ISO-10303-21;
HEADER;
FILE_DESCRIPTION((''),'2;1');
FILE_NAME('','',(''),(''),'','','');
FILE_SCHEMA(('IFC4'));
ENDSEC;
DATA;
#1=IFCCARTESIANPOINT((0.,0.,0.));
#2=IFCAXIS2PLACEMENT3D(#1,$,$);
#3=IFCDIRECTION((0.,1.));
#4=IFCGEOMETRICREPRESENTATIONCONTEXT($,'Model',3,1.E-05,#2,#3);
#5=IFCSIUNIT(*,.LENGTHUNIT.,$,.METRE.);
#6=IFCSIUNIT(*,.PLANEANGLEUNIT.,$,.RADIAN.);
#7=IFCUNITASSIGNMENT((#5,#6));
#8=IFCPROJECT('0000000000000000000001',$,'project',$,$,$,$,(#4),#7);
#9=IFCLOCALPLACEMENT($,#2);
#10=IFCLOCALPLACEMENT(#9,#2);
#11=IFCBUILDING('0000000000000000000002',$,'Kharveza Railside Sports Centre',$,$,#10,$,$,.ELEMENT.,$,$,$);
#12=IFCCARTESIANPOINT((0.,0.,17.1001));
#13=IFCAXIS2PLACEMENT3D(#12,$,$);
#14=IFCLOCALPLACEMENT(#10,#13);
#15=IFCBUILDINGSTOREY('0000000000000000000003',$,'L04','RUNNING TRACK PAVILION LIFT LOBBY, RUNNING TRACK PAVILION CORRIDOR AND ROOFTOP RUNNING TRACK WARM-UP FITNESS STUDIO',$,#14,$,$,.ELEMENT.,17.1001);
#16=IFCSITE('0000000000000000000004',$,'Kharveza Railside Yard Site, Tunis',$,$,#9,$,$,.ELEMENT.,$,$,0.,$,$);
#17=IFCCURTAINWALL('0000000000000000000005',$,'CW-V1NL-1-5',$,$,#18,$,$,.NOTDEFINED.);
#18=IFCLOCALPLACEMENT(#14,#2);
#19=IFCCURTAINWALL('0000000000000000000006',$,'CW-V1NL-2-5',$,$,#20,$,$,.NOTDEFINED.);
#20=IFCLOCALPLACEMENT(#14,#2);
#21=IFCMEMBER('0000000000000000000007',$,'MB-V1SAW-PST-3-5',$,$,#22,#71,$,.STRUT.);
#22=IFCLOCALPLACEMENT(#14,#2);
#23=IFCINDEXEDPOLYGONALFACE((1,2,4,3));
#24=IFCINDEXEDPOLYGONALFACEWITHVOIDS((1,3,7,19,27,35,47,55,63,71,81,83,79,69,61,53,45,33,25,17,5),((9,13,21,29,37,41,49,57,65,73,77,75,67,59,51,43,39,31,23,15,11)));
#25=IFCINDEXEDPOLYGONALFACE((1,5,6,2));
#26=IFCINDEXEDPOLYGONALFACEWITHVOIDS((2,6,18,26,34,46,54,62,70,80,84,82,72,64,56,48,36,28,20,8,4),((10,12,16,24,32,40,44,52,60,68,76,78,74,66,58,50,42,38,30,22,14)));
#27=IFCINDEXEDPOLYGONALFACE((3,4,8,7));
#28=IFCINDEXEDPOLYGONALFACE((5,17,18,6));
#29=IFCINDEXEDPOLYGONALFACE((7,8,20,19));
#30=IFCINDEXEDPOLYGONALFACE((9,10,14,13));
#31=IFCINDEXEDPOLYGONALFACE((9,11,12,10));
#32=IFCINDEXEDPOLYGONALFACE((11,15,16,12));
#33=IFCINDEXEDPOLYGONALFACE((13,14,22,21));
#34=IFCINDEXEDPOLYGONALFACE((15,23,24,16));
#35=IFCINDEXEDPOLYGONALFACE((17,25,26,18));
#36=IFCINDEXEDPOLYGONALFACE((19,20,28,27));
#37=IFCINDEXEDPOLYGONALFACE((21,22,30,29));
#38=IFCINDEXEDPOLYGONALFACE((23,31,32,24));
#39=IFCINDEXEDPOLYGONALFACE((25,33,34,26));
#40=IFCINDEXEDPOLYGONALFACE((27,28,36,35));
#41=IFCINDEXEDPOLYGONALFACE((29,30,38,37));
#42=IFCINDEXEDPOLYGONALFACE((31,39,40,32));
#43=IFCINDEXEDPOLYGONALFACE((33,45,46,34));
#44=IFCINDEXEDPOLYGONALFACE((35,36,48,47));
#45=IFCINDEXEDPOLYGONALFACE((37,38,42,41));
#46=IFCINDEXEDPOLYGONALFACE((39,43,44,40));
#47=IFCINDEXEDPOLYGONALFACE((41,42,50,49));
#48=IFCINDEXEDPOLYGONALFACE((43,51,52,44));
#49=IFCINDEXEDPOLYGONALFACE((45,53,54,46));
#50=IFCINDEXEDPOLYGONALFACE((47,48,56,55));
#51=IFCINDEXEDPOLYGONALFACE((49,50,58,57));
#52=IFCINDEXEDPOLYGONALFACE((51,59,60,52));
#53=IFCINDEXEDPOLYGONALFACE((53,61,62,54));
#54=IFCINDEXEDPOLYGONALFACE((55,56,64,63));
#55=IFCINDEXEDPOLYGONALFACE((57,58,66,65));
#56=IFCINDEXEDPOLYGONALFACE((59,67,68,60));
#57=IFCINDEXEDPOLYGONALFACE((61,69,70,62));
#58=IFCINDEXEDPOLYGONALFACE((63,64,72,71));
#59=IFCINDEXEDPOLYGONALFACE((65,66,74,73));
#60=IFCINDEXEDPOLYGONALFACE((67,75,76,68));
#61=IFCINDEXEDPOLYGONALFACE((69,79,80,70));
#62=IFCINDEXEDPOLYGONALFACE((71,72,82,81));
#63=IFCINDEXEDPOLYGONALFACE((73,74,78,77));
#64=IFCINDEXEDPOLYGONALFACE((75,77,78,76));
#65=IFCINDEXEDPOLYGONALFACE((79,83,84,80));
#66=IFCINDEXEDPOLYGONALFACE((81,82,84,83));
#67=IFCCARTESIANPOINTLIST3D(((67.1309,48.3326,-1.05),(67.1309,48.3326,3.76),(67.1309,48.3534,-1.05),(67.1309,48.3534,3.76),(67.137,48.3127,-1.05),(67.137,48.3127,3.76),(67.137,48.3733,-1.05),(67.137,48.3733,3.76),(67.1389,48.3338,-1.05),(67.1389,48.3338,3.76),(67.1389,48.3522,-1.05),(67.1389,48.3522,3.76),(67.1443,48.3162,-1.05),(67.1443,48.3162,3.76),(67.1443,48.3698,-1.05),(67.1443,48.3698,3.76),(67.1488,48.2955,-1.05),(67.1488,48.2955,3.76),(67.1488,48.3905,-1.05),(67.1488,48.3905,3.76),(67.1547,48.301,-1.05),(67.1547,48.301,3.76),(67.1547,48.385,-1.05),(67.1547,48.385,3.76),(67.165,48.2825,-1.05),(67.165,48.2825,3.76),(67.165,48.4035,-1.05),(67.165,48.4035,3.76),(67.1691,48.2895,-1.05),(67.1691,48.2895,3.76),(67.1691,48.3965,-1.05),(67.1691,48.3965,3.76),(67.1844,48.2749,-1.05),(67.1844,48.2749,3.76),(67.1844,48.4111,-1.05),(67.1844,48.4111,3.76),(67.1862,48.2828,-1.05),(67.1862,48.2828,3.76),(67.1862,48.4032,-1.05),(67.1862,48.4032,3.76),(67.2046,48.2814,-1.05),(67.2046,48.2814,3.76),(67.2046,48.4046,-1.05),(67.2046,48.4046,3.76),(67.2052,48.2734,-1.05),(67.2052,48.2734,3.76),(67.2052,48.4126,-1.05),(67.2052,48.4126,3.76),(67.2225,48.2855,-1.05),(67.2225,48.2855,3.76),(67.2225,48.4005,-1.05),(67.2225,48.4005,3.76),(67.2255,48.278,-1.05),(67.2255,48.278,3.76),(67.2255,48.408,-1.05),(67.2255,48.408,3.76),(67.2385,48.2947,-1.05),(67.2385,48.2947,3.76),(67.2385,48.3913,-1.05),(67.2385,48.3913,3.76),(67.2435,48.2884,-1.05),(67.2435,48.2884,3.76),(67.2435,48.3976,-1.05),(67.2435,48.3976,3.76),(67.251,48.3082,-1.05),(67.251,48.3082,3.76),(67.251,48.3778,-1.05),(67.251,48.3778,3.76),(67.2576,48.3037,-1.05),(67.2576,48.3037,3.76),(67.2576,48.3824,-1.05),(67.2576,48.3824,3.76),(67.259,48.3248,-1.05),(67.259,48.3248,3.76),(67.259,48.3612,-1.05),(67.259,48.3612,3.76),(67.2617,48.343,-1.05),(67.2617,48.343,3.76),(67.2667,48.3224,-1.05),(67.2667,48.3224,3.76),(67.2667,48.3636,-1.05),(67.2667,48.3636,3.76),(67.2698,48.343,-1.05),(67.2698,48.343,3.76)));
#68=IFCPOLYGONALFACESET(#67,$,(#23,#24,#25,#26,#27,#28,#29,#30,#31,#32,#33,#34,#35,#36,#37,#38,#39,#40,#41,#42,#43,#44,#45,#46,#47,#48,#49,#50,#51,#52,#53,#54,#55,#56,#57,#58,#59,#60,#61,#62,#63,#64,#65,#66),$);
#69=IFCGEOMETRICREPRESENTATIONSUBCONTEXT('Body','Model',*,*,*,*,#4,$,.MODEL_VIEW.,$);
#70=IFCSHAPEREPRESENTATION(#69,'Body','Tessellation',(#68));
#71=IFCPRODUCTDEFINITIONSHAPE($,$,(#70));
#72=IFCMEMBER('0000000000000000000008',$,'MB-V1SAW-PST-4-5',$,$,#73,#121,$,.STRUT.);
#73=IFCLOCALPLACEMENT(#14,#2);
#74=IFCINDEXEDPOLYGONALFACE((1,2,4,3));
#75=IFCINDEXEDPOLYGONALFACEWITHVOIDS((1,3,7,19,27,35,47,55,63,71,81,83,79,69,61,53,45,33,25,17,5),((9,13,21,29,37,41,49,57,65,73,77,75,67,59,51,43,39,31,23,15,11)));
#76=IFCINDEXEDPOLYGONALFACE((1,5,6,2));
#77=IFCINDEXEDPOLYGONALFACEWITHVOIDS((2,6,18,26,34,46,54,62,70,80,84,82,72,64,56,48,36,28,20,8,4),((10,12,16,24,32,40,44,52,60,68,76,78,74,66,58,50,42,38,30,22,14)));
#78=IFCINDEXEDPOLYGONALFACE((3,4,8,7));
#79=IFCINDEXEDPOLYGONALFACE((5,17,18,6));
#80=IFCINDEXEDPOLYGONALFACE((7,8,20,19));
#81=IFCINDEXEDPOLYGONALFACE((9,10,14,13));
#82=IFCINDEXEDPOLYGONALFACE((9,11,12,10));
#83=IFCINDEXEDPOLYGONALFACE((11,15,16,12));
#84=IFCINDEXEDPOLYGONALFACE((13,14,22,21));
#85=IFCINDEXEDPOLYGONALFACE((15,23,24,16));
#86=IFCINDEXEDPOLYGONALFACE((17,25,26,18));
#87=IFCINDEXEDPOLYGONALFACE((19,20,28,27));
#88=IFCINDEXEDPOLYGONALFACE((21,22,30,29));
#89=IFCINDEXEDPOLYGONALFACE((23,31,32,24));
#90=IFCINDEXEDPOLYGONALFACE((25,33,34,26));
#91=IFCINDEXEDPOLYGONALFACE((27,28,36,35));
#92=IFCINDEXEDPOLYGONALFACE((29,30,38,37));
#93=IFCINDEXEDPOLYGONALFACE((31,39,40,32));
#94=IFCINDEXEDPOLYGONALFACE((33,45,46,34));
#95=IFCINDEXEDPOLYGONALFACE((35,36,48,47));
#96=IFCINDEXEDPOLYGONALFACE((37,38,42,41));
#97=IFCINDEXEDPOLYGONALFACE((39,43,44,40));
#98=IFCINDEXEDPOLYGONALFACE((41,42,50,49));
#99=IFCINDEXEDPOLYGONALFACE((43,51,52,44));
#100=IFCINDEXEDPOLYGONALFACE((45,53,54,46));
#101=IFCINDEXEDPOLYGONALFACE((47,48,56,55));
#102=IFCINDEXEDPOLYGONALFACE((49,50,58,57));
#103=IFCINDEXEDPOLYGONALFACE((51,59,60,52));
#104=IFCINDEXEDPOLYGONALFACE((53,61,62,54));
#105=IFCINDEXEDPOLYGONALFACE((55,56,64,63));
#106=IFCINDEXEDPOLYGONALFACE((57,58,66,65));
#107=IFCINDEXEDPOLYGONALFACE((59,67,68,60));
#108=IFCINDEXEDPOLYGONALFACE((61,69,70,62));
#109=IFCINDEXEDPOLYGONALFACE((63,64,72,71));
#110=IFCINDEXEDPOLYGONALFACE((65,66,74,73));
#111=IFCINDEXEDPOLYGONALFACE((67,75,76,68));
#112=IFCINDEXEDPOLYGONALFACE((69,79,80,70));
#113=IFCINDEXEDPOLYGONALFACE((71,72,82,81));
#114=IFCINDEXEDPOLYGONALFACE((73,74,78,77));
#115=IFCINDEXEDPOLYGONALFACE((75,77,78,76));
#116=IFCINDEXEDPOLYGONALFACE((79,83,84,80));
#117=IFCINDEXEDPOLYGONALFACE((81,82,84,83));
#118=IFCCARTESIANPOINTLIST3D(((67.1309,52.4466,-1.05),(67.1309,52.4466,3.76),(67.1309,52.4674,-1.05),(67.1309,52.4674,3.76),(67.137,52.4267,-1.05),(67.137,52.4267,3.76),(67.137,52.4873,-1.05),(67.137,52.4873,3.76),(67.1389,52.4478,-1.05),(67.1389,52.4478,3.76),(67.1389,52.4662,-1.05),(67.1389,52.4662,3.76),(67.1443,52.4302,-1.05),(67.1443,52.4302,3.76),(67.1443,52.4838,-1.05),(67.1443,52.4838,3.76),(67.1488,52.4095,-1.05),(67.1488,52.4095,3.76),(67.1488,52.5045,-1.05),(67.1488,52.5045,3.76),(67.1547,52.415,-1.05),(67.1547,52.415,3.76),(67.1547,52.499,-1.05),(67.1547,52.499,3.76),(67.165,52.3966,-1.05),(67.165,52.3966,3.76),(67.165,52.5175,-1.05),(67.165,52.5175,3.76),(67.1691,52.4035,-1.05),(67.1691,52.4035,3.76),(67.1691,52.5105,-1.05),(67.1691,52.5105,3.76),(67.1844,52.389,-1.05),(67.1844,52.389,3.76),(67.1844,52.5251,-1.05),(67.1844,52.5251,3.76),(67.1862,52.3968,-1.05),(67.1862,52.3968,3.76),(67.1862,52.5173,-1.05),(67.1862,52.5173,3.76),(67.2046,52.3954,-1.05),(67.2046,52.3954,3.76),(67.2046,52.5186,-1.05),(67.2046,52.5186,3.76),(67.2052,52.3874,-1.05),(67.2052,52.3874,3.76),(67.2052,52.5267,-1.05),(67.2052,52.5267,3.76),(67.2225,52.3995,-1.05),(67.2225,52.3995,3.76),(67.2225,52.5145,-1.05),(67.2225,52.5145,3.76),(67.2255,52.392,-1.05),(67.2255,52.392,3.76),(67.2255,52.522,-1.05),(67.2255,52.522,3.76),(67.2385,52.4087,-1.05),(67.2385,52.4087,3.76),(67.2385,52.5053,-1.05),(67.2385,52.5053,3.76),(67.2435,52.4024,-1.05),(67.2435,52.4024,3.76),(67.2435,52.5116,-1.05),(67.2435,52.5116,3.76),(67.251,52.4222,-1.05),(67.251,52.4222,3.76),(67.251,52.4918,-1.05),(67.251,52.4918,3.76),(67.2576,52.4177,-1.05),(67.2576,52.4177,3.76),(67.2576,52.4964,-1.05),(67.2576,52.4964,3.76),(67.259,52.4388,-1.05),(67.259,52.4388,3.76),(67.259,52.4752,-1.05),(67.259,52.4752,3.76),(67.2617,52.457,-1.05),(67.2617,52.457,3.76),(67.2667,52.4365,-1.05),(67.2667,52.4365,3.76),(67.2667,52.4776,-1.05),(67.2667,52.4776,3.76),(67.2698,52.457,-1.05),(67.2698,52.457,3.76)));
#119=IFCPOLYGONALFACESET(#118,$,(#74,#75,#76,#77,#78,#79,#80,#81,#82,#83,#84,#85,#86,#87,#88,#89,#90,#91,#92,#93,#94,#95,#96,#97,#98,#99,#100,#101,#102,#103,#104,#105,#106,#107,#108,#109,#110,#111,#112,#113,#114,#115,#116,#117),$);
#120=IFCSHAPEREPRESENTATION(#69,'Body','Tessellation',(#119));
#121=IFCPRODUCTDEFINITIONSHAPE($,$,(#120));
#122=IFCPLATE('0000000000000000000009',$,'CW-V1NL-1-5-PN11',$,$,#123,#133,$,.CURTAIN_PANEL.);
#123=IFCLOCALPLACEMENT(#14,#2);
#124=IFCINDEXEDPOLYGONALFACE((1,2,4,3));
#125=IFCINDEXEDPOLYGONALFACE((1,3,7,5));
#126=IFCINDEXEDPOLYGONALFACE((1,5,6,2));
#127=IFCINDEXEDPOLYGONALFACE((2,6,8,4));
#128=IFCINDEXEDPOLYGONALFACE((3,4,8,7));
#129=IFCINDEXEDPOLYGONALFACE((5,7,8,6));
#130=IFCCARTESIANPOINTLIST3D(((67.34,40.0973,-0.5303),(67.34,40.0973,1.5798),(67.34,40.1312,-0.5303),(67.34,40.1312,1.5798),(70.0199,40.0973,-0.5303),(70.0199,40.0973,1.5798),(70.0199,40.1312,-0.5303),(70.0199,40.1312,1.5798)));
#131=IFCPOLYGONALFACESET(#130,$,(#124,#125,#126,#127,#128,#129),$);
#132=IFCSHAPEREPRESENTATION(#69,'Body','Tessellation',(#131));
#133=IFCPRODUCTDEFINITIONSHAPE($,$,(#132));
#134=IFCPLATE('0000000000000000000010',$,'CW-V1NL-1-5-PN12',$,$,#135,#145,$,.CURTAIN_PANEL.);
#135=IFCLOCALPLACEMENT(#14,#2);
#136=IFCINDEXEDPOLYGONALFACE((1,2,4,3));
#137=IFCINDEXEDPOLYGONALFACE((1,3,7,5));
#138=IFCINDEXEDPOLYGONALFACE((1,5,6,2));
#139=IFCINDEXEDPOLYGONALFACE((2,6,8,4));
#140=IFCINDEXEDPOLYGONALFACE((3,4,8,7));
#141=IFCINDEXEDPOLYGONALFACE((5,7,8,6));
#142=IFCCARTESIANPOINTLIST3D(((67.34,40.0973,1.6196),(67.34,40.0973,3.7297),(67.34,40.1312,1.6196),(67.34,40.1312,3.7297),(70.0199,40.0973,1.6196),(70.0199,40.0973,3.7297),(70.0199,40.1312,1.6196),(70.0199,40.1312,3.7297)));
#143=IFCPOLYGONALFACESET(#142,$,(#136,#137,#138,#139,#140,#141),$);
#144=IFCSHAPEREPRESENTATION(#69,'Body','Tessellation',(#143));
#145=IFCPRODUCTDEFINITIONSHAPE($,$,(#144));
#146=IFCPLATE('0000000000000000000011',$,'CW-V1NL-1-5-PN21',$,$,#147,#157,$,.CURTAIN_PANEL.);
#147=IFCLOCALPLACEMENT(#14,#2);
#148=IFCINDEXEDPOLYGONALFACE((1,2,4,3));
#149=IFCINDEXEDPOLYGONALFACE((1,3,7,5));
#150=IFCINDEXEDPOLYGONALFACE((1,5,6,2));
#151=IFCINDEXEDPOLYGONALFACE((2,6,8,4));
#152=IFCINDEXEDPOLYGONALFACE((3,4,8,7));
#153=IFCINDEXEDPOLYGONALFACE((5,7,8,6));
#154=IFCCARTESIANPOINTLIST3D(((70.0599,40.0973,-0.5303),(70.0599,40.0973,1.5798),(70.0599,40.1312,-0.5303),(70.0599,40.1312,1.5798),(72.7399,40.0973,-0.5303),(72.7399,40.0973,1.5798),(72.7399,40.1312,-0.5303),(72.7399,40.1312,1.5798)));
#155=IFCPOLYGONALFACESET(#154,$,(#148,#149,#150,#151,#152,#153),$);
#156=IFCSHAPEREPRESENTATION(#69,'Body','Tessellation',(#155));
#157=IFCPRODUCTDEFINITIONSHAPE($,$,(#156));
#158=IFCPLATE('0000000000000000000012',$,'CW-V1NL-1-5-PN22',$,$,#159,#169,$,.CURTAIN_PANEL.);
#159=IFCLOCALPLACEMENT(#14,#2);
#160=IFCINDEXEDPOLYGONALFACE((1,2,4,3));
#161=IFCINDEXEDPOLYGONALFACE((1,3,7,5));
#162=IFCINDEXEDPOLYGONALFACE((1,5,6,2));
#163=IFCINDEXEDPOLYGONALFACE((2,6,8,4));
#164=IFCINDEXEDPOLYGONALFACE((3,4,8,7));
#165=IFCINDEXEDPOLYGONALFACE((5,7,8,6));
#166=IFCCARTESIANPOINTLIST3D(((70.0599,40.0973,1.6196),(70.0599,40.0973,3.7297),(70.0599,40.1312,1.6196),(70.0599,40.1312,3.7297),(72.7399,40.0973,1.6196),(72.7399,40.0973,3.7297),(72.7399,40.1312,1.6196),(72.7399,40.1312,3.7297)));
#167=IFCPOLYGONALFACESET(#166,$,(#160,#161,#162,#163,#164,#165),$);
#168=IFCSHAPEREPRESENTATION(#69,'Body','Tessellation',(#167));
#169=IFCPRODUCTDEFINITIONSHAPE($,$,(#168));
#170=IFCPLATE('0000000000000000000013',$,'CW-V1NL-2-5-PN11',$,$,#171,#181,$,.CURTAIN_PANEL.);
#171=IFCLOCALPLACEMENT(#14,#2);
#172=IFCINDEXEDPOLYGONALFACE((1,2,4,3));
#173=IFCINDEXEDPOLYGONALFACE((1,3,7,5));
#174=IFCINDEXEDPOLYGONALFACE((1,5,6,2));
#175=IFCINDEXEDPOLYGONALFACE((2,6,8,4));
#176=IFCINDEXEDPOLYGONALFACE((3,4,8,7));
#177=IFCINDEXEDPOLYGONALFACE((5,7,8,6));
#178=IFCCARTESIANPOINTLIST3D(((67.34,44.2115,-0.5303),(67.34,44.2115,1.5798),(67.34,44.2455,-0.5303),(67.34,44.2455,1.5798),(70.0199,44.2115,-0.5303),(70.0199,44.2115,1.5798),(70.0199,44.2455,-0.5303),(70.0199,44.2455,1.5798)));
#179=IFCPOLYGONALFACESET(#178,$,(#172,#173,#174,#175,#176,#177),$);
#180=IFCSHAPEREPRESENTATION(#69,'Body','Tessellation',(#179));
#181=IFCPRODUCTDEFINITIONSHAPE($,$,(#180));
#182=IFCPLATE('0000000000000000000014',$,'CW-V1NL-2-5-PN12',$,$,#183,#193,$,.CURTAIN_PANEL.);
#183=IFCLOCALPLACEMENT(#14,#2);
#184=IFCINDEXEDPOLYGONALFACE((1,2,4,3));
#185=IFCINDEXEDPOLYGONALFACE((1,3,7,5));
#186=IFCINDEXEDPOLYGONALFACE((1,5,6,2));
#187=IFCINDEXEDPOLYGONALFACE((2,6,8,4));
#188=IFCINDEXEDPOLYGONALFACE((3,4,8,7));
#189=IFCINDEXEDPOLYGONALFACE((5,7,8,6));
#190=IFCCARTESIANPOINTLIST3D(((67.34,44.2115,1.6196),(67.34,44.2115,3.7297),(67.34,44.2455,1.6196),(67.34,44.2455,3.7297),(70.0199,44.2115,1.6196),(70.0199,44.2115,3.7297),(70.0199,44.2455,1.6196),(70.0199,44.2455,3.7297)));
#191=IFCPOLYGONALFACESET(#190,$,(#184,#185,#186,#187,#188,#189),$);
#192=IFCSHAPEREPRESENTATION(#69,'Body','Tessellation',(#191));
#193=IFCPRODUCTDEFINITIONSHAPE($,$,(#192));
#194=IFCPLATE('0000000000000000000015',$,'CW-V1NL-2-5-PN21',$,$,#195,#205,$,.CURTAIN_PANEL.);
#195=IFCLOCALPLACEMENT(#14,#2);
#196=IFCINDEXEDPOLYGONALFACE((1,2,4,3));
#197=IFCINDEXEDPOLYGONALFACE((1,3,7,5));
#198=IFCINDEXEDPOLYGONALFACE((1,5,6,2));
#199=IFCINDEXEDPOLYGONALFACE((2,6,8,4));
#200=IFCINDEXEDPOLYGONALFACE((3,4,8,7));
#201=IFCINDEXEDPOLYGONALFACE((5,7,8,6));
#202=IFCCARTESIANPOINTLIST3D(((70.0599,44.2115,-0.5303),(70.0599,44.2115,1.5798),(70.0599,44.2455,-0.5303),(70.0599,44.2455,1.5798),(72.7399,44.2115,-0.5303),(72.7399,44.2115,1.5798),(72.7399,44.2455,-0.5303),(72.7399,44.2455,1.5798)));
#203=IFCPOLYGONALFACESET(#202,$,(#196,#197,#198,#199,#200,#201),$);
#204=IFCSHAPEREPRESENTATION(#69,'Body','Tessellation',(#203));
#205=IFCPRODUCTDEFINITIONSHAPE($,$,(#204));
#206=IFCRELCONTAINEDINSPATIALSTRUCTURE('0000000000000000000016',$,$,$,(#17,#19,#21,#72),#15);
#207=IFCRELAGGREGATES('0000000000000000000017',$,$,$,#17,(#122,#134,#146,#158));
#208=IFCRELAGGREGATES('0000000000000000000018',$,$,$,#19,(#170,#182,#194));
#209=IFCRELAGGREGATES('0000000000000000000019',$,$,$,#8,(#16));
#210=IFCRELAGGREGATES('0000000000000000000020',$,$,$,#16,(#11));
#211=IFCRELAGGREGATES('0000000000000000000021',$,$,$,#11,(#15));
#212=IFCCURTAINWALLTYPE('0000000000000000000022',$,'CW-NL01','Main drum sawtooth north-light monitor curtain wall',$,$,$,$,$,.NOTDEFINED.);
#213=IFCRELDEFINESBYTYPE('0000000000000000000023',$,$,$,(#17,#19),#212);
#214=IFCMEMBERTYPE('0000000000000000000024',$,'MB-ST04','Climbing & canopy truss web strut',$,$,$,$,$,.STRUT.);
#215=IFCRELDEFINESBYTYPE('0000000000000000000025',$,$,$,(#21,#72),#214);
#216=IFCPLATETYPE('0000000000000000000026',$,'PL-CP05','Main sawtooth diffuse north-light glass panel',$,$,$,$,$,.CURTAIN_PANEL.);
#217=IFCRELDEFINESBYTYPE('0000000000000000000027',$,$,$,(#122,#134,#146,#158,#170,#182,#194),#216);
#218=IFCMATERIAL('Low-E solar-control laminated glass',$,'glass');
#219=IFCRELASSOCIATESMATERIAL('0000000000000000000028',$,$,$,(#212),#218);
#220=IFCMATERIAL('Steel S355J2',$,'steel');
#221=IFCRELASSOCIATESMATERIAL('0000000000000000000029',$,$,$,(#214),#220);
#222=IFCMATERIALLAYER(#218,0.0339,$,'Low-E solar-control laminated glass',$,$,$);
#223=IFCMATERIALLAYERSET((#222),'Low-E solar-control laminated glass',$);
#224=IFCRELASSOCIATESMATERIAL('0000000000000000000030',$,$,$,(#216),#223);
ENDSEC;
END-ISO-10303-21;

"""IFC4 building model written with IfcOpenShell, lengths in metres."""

from ifc_helpers import new_model, si_unit, direction, frame, origin, origin_2d, place, context, subcontext, project, spatial, rectangle, hollow_circle, extrude, material, layer, layer_set, material_profile, profile_set, type_object, element, aggregate, save


model = new_model("IFC4")

# Units and contexts
model_context = context("Model", 3, precision=1e-05, world=origin(), true_north=direction((0.0, 1.0)))
body_context = subcontext(model_context, "Body", "Model", "MODEL_VIEW")
ifc_project = project(units=[si_unit("LENGTHUNIT", "METRE"), si_unit("PLANEANGLEUNIT", "RADIAN")], contexts=[model_context])

# Site, building, storey
site_placement = place(None, origin())
site = spatial("IfcSite", under=ifc_project, at=site_placement, Name="Kharveza Railside Yard Site, Tunis", CompositionType="ELEMENT", RefElevation=0.0)
building_placement = place(site_placement, origin())
building = spatial("IfcBuilding", under=site, at=building_placement, Name="Kharveza Railside Sports Centre", CompositionType="ELEMENT")
storey_placement = place(building_placement, frame((0.0, 0.0, 17.1001)))
storey = spatial("IfcBuildingStorey", under=building, at=storey_placement, Name="L04", Description="RUNNING TRACK PAVILION LIFT LOBBY, RUNNING TRACK PAVILION CORRIDOR AND ROOFTOP RUNNING TRACK WARM-UP FITNESS STUDIO", CompositionType="ELEMENT", Elevation=17.1001)

# Curtain walls
ifc_material_1 = material(Name="Low-E solar-control laminated glass", Category="glass")
curtain_wall_type = type_object("IfcCurtainWallType", Name="CW-NL01", Description="Main drum sawtooth north-light monitor curtain wall", PredefinedType="NOTDEFINED", material=ifc_material_1)
curtain_wall_1_placement = place(storey_placement, origin())
curtain_wall_1 = element("IfcCurtainWall", 1, at=curtain_wall_1_placement, inside=storey, type_object=curtain_wall_type, Name="CW-V1NL-1-5", PredefinedType="NOTDEFINED")
curtain_wall_2_placement = place(storey_placement, origin())
curtain_wall_2 = element("IfcCurtainWall", 2, at=curtain_wall_2_placement, inside=storey, type_object=curtain_wall_type, Name="CW-V1NL-2-5", PredefinedType="NOTDEFINED")

# Members
ifc_material_2 = material(Name="Steel S355J2", Category="steel")
ifc_material_profile_1 = material_profile(ifc_material_2, hollow_circle(Radius=0.0698, WallThickness=0.0081, at=origin_2d()), Name="CHS 139.7x8.0")
ifc_profile_set_1 = profile_set([ifc_material_profile_1], Name="Steel S355J2")
member_type_1 = type_object("IfcMemberType", Name="MB-ST04", Description="Climbing & canopy truss web strut", PredefinedType="STRUT", material=ifc_profile_set_1)
for number, where, z_axis, x_axis, name in (
    (3, (67.2, 48.343, -1.05), (0.0, 0.0, 1.0), (1.0, 0.0, 0.0), "MB-V1SAW-PST-3-5"),
    (4, (67.2, 52.457, -1.05), (0.0, 0.0, 1.0), (1.0, 0.0, 0.0), "MB-V1SAW-PST-4-5"),
):
    element("IfcMember", number, at=place(storey_placement, frame(where, z_axis=z_axis, x_axis=x_axis)), inside=storey, type_object=member_type_1, Name=name, PredefinedType="STRUT", context=body_context, shape_type="SweptSolid", body=[
        extrude(hollow_circle(Radius=0.0698, WallThickness=0.0081, at=origin_2d()), origin(), (0.0, 0.0, 1.0), 4.8101),
    ])

# Plates
ifc_layer_1 = layer(ifc_material_1, 0.0339, Name="Low-E solar-control laminated glass")
ifc_layer_set_1 = layer_set([ifc_layer_1], Name="Low-E solar-control laminated glass")
plate_type_1 = type_object("IfcPlateType", Name="PL-CP05", Description="Main sawtooth diffuse north-light glass panel", PredefinedType="CURTAIN_PANEL", material=ifc_layer_set_1)
plate_1_placement = place(storey_placement, frame((68.6799, 40.1143, -0.5303), z_axis=(0.0, 0.0, 1.0), x_axis=(1.0, 0.0, 0.0)))
plate_1 = element("IfcPlate", 5, at=plate_1_placement, type_object=plate_type_1, Name="CW-V1NL-1-5-PN11", PredefinedType="CURTAIN_PANEL", context=body_context, shape_type="SweptSolid", body=[
    extrude(rectangle(XDim=2.6799, YDim=0.0339, at=origin_2d()), origin(), (0.0, 0.0, 1.0), 2.1101),
])
plate_2_placement = place(storey_placement, frame((68.6799, 40.1143, 1.6196), z_axis=(0.0, 0.0, 1.0), x_axis=(1.0, 0.0, 0.0)))
plate_2 = element("IfcPlate", 6, at=plate_2_placement, type_object=plate_type_1, Name="CW-V1NL-1-5-PN12", PredefinedType="CURTAIN_PANEL", context=body_context, shape_type="SweptSolid", body=[
    extrude(rectangle(XDim=2.6799, YDim=0.0339, at=origin_2d()), origin(), (0.0, 0.0, 1.0), 2.1101),
])
plate_3_placement = place(storey_placement, frame((71.3999, 40.1143, -0.5303), z_axis=(0.0, 0.0, 1.0), x_axis=(1.0, 0.0, 0.0)))
plate_3 = element("IfcPlate", 7, at=plate_3_placement, type_object=plate_type_1, Name="CW-V1NL-1-5-PN21", PredefinedType="CURTAIN_PANEL", context=body_context, shape_type="SweptSolid", body=[
    extrude(rectangle(XDim=2.6799, YDim=0.0339, at=origin_2d()), origin(), (0.0, 0.0, 1.0), 2.1101),
])
plate_4_placement = place(storey_placement, frame((71.3999, 40.1143, 1.6196), z_axis=(0.0, 0.0, 1.0), x_axis=(1.0, 0.0, 0.0)))
plate_4 = element("IfcPlate", 8, at=plate_4_placement, type_object=plate_type_1, Name="CW-V1NL-1-5-PN22", PredefinedType="CURTAIN_PANEL", context=body_context, shape_type="SweptSolid", body=[
    extrude(rectangle(XDim=2.6799, YDim=0.0339, at=origin_2d()), origin(), (0.0, 0.0, 1.0), 2.1101),
])
aggregate(curtain_wall_1, [plate_1, plate_2, plate_3, plate_4])
plate_5_placement = place(storey_placement, frame((68.6799, 44.2285, -0.5303), z_axis=(0.0, 0.0, 1.0), x_axis=(1.0, 0.0, 0.0)))
plate_5 = element("IfcPlate", 9, at=plate_5_placement, type_object=plate_type_1, Name="CW-V1NL-2-5-PN11", PredefinedType="CURTAIN_PANEL", context=body_context, shape_type="SweptSolid", body=[
    extrude(rectangle(XDim=2.6799, YDim=0.0339, at=origin_2d()), origin(), (0.0, 0.0, 1.0), 2.1101),
])
plate_6_placement = place(storey_placement, frame((68.6799, 44.2285, 1.6196), z_axis=(0.0, 0.0, 1.0), x_axis=(1.0, 0.0, 0.0)))
plate_6 = element("IfcPlate", 10, at=plate_6_placement, type_object=plate_type_1, Name="CW-V1NL-2-5-PN12", PredefinedType="CURTAIN_PANEL", context=body_context, shape_type="SweptSolid", body=[
    extrude(rectangle(XDim=2.6799, YDim=0.0339, at=origin_2d()), origin(), (0.0, 0.0, 1.0), 2.1101),
])
plate_7_placement = place(storey_placement, frame((71.3999, 44.2285, -0.5303), z_axis=(0.0, 0.0, 1.0), x_axis=(1.0, 0.0, 0.0)))
plate_7 = element("IfcPlate", 11, at=plate_7_placement, type_object=plate_type_1, Name="CW-V1NL-2-5-PN21", PredefinedType="CURTAIN_PANEL", context=body_context, shape_type="SweptSolid", body=[
    extrude(rectangle(XDim=2.6799, YDim=0.0339, at=origin_2d()), origin(), (0.0, 0.0, 1.0), 2.1101),
])
aggregate(curtain_wall_2, [plate_5, plate_6, plate_7])

save(model, "model.ifc")
